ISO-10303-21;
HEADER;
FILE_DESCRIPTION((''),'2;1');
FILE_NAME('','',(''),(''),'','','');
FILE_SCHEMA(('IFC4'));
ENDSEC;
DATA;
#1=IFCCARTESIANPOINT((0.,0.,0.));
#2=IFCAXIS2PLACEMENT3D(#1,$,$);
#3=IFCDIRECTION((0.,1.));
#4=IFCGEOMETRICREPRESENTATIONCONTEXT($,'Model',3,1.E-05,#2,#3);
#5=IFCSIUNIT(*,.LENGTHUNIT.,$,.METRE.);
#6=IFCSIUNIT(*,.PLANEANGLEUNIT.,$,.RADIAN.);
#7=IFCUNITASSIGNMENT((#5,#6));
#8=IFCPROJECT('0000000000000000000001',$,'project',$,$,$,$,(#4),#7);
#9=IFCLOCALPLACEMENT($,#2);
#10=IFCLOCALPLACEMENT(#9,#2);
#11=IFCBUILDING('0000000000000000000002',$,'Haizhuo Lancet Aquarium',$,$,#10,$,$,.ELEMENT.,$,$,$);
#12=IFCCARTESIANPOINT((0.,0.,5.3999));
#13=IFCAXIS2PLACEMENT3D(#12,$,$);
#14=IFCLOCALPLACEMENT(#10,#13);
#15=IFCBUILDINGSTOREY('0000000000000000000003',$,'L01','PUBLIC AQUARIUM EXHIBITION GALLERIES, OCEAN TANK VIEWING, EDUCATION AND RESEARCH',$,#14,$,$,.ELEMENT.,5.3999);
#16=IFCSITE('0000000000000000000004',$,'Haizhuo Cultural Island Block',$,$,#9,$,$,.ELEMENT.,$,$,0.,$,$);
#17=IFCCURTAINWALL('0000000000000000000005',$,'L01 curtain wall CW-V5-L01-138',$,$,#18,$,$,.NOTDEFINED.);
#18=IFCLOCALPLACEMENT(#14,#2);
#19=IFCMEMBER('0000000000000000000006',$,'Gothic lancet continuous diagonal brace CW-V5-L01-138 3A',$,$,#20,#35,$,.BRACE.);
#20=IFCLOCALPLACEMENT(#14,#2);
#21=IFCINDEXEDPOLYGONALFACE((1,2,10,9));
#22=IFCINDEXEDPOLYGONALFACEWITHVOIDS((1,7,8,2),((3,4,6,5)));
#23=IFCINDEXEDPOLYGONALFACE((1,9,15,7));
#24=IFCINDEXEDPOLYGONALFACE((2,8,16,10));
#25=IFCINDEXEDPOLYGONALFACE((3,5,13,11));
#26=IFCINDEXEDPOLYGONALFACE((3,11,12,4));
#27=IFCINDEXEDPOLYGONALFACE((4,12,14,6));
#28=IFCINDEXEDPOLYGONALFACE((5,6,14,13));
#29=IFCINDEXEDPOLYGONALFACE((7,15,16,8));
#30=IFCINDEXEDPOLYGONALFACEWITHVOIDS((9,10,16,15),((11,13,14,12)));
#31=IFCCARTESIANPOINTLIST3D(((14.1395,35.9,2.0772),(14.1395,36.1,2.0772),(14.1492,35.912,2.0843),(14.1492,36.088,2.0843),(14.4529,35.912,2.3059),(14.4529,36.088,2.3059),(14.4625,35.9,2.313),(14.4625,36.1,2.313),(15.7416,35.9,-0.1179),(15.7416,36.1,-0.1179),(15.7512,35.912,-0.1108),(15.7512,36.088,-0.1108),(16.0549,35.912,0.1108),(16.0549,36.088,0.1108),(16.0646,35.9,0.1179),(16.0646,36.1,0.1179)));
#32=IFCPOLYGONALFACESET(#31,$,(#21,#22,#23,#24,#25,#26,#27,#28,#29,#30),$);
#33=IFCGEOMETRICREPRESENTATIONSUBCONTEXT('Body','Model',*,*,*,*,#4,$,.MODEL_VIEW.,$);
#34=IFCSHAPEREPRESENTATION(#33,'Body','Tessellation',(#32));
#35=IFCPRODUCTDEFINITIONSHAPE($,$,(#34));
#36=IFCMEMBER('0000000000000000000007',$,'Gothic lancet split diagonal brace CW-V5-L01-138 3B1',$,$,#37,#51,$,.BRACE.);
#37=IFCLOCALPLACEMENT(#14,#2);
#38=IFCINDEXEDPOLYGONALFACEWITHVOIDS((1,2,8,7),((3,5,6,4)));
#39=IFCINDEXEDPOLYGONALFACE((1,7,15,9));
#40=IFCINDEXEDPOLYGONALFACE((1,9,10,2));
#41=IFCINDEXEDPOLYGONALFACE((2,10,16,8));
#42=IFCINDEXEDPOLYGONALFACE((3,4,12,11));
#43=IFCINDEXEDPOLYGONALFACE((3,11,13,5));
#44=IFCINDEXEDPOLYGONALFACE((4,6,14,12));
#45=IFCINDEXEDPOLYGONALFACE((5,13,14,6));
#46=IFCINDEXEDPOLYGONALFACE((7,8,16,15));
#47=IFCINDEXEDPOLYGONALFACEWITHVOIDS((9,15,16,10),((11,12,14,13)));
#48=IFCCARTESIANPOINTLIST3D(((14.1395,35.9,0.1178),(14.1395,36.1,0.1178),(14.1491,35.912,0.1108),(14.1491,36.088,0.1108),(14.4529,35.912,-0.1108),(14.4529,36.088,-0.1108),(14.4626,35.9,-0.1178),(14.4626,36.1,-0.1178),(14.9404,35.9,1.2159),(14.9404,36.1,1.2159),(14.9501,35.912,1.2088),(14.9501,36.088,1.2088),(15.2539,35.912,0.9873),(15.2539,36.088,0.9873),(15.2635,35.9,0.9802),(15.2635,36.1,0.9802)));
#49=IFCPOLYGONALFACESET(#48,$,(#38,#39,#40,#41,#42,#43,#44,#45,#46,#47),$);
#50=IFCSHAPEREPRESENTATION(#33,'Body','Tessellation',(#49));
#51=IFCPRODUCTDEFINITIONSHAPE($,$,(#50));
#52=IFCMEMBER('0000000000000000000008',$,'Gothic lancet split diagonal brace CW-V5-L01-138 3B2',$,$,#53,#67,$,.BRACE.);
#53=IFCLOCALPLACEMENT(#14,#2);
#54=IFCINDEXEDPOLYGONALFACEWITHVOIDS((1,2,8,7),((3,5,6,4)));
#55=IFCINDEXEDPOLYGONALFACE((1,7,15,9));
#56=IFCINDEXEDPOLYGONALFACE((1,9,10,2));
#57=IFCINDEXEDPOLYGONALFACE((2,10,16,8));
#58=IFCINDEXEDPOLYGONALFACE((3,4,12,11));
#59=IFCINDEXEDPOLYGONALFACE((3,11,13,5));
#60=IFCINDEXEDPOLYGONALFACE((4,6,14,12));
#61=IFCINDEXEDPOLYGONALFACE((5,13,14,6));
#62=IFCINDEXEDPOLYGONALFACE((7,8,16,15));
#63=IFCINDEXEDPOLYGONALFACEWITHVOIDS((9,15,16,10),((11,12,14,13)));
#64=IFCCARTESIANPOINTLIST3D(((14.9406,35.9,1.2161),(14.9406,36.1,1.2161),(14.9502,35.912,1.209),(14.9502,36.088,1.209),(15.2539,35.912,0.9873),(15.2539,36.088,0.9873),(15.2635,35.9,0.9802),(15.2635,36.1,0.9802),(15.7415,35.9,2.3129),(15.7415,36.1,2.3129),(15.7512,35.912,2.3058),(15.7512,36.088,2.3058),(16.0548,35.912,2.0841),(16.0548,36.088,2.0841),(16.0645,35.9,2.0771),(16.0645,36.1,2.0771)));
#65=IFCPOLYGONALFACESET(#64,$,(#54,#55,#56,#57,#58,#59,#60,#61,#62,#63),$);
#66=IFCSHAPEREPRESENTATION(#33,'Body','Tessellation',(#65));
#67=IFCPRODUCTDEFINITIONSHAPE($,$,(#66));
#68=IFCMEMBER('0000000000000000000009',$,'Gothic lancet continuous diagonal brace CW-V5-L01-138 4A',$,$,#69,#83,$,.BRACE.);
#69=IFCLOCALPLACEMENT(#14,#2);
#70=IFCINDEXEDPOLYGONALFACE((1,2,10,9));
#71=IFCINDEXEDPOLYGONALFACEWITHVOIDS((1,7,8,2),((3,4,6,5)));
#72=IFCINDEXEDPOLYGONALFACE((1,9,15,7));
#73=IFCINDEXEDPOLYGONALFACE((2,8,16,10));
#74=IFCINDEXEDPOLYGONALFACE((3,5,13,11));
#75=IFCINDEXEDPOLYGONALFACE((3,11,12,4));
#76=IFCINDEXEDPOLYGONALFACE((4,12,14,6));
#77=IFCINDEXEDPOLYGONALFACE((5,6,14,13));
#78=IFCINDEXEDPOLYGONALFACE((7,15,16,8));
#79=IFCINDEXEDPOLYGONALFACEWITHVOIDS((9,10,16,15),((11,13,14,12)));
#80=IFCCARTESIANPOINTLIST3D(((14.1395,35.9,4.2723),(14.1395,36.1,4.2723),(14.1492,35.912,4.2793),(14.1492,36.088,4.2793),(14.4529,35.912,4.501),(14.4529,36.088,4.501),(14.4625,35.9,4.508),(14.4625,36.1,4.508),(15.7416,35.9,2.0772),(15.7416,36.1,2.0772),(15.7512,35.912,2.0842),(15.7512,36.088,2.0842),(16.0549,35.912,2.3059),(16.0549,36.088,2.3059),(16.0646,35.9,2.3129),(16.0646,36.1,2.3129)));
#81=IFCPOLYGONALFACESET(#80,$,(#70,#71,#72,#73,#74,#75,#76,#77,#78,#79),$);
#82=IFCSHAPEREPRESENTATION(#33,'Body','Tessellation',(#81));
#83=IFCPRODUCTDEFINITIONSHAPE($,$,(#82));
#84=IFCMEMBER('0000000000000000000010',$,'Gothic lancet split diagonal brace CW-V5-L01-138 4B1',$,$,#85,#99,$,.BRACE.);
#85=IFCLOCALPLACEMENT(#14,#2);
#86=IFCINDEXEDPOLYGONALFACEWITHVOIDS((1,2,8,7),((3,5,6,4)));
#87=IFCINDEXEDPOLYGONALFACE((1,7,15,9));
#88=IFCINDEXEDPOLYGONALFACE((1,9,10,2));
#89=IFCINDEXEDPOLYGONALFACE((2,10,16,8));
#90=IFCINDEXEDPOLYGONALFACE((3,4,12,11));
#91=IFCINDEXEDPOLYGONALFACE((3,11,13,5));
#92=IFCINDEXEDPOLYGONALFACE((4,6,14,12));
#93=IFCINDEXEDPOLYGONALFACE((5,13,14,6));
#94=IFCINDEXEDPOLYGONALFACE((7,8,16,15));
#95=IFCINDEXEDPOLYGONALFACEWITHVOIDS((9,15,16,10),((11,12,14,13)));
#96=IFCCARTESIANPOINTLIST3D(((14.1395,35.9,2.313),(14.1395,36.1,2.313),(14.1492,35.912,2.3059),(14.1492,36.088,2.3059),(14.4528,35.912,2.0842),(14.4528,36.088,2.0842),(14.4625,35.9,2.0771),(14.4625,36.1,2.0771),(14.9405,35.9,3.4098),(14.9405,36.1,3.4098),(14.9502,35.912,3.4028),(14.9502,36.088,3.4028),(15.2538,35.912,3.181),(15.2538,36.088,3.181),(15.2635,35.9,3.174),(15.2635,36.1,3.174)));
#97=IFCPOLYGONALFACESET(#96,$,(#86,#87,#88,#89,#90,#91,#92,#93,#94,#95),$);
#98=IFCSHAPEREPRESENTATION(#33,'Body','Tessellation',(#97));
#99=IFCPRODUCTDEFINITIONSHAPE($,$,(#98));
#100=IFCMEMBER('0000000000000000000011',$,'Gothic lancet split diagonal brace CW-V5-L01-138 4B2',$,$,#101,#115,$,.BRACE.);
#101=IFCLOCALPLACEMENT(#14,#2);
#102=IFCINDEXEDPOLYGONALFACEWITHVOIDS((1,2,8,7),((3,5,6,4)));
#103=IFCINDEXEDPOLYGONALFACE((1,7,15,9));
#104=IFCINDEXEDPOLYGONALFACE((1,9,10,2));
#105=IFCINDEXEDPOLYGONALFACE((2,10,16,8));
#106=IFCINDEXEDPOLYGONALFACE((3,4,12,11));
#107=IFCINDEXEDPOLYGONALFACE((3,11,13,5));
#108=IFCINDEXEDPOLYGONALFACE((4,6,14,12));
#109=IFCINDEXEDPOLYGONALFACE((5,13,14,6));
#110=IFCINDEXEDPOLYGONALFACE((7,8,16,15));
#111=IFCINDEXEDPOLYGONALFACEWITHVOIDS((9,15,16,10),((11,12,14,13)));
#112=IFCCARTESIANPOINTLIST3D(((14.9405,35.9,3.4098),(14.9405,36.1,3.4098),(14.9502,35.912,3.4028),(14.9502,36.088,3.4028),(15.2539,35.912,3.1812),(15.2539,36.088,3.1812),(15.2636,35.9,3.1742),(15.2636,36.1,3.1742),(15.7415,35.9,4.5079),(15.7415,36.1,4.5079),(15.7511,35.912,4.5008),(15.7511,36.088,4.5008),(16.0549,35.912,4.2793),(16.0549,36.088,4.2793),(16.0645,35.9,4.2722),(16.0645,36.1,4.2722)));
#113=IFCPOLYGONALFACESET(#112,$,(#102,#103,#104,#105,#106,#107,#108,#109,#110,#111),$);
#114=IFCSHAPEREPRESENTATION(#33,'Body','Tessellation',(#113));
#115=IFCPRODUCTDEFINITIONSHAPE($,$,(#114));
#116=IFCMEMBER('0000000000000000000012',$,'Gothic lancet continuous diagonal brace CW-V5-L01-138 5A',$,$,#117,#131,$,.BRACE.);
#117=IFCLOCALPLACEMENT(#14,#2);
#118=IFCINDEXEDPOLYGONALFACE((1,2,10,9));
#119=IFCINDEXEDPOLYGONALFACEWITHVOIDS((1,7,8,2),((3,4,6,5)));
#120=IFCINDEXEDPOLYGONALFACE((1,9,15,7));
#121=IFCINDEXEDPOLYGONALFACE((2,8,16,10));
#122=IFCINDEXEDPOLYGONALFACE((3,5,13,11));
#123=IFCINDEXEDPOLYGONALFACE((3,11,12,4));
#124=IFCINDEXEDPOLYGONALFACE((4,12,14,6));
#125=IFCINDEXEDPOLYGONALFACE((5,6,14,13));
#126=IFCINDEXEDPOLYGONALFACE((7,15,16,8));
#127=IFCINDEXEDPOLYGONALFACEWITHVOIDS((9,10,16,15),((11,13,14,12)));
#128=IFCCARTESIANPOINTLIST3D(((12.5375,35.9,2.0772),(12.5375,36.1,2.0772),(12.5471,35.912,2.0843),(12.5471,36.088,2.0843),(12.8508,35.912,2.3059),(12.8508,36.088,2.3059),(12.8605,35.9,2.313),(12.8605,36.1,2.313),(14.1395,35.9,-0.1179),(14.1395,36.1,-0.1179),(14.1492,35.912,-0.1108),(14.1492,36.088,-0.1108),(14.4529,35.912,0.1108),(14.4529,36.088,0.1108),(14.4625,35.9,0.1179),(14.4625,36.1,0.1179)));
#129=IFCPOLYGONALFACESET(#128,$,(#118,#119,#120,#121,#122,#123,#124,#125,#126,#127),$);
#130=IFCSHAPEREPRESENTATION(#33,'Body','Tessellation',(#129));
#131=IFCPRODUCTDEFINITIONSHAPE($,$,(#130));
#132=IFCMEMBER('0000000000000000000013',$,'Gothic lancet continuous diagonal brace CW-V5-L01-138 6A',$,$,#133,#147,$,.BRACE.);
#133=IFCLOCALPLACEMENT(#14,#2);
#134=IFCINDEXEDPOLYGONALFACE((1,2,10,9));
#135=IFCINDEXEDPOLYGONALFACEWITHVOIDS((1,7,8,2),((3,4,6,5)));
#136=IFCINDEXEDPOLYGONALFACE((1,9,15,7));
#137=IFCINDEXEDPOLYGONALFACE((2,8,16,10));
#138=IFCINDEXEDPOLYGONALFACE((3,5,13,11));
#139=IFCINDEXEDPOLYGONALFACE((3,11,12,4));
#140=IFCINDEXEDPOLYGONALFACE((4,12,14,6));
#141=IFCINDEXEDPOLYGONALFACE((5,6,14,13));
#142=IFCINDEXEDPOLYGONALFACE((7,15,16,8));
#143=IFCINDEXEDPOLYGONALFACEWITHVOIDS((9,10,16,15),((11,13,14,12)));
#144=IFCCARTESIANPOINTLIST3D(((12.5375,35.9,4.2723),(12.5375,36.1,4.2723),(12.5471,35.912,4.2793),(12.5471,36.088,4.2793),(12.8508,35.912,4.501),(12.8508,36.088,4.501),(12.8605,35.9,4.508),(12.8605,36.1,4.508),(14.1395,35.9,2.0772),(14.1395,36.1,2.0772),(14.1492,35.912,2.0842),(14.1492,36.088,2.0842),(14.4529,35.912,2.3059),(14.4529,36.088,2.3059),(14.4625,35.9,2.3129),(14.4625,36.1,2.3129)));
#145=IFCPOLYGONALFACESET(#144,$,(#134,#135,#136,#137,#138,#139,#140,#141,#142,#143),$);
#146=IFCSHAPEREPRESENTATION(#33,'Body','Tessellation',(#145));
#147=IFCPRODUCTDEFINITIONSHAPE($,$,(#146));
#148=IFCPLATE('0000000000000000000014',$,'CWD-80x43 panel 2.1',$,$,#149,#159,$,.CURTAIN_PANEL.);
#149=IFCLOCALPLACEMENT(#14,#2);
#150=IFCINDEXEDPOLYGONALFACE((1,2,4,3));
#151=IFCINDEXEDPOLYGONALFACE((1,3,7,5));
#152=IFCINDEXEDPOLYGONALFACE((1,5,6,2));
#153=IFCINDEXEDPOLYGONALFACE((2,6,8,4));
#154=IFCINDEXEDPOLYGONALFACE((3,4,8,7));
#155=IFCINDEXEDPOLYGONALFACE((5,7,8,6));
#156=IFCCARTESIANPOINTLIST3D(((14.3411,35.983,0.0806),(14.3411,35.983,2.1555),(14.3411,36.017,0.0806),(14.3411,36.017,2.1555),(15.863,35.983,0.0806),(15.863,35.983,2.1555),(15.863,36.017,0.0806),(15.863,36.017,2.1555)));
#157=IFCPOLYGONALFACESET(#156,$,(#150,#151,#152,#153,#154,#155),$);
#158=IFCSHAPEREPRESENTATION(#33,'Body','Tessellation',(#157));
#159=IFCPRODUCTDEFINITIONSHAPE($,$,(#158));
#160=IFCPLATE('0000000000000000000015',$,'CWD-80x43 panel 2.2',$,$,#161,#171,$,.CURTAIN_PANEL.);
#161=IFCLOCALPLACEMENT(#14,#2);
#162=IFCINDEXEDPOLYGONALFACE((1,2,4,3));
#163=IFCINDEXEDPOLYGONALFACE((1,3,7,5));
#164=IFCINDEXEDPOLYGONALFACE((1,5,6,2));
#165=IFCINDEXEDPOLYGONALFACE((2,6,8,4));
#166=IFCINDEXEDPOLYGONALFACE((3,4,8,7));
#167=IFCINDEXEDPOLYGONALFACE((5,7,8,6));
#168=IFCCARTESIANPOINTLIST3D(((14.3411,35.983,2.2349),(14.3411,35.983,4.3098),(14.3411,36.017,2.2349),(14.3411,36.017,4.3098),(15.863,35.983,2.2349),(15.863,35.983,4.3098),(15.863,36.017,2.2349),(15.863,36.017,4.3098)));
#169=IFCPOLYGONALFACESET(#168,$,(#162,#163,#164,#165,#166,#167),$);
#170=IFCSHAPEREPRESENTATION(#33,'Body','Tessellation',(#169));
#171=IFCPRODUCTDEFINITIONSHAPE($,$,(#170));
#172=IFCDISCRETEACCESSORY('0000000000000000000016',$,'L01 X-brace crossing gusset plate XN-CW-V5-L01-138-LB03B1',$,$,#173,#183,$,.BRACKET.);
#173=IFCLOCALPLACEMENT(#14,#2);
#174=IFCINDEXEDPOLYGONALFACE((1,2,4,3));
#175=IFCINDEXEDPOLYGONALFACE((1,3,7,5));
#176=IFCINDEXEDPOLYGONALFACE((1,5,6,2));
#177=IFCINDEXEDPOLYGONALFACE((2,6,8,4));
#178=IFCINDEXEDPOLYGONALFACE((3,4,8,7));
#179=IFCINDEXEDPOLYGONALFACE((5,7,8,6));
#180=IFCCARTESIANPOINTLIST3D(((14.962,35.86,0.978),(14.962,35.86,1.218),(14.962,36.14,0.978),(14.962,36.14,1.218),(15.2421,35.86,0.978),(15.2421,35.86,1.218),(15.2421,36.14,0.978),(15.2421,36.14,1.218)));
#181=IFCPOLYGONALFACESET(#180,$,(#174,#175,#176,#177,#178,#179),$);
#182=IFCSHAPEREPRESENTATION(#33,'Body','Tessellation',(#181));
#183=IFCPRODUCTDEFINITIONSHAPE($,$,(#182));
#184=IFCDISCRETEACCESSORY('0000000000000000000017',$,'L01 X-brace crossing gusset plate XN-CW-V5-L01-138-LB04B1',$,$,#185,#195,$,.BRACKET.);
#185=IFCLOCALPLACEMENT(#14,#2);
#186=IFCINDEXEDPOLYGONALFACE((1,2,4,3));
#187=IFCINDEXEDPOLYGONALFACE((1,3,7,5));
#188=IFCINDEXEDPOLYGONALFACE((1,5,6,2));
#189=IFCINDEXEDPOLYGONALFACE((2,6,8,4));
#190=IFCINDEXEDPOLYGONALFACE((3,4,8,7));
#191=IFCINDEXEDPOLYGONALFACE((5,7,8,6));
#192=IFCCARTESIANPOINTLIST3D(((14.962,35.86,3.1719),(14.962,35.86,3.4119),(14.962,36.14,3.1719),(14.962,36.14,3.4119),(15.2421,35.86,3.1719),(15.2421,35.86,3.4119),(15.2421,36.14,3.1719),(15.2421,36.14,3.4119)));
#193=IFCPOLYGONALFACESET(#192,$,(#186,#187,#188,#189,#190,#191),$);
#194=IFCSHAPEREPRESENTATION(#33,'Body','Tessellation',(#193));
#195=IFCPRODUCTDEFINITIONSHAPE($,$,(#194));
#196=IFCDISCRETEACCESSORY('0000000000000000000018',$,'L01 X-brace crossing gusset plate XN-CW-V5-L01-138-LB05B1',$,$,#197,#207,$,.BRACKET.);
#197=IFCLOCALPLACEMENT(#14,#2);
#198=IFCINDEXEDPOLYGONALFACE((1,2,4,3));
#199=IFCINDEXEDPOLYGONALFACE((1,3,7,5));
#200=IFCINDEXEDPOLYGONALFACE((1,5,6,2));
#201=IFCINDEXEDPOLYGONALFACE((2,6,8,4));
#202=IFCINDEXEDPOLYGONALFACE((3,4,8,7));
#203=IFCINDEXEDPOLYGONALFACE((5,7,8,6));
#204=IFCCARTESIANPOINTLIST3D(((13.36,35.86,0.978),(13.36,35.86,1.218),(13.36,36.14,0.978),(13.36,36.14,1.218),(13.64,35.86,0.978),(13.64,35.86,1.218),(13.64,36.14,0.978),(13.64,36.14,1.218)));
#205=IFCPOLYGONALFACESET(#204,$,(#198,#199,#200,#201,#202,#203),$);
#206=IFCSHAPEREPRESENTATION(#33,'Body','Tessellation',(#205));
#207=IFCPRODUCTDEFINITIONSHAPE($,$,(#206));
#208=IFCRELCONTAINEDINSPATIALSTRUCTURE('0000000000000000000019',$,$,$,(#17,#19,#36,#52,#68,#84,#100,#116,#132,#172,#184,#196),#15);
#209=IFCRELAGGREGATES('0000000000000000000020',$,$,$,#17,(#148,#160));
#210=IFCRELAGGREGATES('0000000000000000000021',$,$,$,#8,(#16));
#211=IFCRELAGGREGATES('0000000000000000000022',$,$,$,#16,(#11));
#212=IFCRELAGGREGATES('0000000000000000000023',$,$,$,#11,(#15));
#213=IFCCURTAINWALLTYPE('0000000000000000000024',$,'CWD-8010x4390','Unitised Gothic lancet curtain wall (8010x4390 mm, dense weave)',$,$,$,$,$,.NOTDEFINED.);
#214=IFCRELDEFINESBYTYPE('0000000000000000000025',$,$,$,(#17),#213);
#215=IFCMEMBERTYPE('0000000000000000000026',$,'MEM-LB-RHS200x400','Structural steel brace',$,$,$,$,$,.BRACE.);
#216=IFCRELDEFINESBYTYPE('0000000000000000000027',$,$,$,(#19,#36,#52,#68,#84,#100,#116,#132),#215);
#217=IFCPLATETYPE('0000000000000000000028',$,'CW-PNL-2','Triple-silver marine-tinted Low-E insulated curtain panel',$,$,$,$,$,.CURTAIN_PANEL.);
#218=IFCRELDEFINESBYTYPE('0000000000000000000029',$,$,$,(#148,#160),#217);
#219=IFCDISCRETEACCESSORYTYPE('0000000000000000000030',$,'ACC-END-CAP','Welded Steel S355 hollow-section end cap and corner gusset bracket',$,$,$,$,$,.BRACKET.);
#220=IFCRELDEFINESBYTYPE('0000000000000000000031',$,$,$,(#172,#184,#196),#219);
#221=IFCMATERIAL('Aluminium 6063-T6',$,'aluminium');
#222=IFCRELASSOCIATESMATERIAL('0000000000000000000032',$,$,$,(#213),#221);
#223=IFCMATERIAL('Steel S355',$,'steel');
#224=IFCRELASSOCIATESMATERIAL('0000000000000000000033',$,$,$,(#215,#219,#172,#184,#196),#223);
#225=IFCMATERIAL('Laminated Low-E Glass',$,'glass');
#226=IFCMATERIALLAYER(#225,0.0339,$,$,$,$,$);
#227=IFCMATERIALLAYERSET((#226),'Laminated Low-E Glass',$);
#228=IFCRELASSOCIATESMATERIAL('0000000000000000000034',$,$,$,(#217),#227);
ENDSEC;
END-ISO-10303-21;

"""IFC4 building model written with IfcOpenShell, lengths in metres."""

from ifc_helpers import new_model, si_unit, direction, frame, origin, origin_2d, place, context, subcontext, project, spatial, rectangle, hollow_rectangle, extrude, material, layer, layer_set, material_profile, profile_set, type_object, element, aggregate, save


model = new_model("IFC4")

# Units and contexts
model_context = context("Model", 3, precision=1e-05, world=origin(), true_north=direction((0.0, 1.0)))
body_context = subcontext(model_context, "Body", "Model", "MODEL_VIEW")
ifc_project = project(units=[si_unit("LENGTHUNIT", "METRE"), si_unit("PLANEANGLEUNIT", "RADIAN")], contexts=[model_context])

# Site, building, storey
site_placement = place(None, origin())
site = spatial("IfcSite", under=ifc_project, at=site_placement, Name="Haizhuo Cultural Island Block", CompositionType="ELEMENT", RefElevation=0.0)
building_placement = place(site_placement, origin())
building = spatial("IfcBuilding", under=site, at=building_placement, Name="Haizhuo Lancet Aquarium", CompositionType="ELEMENT")
storey_placement = place(building_placement, frame((0.0, 0.0, 5.3999)))
storey = spatial("IfcBuildingStorey", under=building, at=storey_placement, Name="L01", Description="PUBLIC AQUARIUM EXHIBITION GALLERIES, OCEAN TANK VIEWING, EDUCATION AND RESEARCH", CompositionType="ELEMENT", Elevation=5.3999)

# Curtain wall
ifc_material_1 = material(Name="Aluminium 6063-T6", Category="aluminium")
curtain_wall_type = type_object("IfcCurtainWallType", Name="CWD-8010x4390", Description="Unitised Gothic lancet curtain wall (8010x4390 mm, dense weave)", PredefinedType="NOTDEFINED", material=ifc_material_1)
curtain_wall_placement = place(storey_placement, origin())
curtain_wall = element("IfcCurtainWall", 1, at=curtain_wall_placement, inside=storey, type_object=curtain_wall_type, Name="L01 curtain wall CW-V5-L01-138", PredefinedType="NOTDEFINED")

# Members
ifc_material_2 = material(Name="Steel S355", Category="steel")
ifc_material_profile_1 = material_profile(ifc_material_2, hollow_rectangle(XDim=0.2, YDim=0.3999, WallThickness=0.012, at=origin_2d()), Name="RHS 200x400x12")
ifc_profile_set_1 = profile_set([ifc_material_profile_1], Name="Steel S355")
member_type_1 = type_object("IfcMemberType", Name="MEM-LB-RHS200x400", Description="Structural steel brace", PredefinedType="BRACE", material=ifc_profile_set_1)
member_1_placement = place(storey_placement, frame((15.9031, 36.0, 0.0), z_axis=(-0.589528, 0.0, 0.807748), x_axis=(0.0, -1.0, 0.0)))
element("IfcMember", 2, at=member_1_placement, inside=storey, type_object=member_type_1, Name="Gothic lancet continuous diagonal brace CW-V5-L01-138 3A", PredefinedType="BRACE", context=body_context, shape_type="SweptSolid", body=[
    extrude(hollow_rectangle(XDim=0.2, YDim=0.3999, WallThickness=0.012, at=origin_2d()), origin(), (0.0, 0.0, 1.0), 2.7175),
])
member_2_placement = place(storey_placement, frame((14.301, 36.0, 0.0), z_axis=(0.589314, 0.0, 0.807904), x_axis=(0.0, 1.0, 0.0)))
element("IfcMember", 3, at=member_2_placement, inside=storey, type_object=member_type_1, Name="Gothic lancet split diagonal brace CW-V5-L01-138 3B1", PredefinedType="BRACE", context=body_context, shape_type="SweptSolid", body=[
    extrude(hollow_rectangle(XDim=0.2, YDim=0.3999, WallThickness=0.012, at=origin_2d()), origin(), (0.0, 0.0, 1.0), 1.3591),
])
member_3_placement = place(storey_placement, frame((15.1021, 36.0, 1.0981), z_axis=(0.589742, 0.0, 0.807592), x_axis=(0.0, 1.0, 0.0)))
element("IfcMember", 4, at=member_3_placement, inside=storey, type_object=member_type_1, Name="Gothic lancet split diagonal brace CW-V5-L01-138 3B2", PredefinedType="BRACE", context=body_context, shape_type="SweptSolid", body=[
    extrude(hollow_rectangle(XDim=0.2, YDim=0.3999, WallThickness=0.012, at=origin_2d()), origin(), (0.0, 0.0, 1.0), 1.3582),
])
member_4_placement = place(storey_placement, frame((15.9031, 36.0, 2.1951), z_axis=(-0.589528, 0.0, 0.807748), x_axis=(0.0, -1.0, 0.0)))
element("IfcMember", 5, at=member_4_placement, inside=storey, type_object=member_type_1, Name="Gothic lancet continuous diagonal brace CW-V5-L01-138 4A", PredefinedType="BRACE", context=body_context, shape_type="SweptSolid", body=[
    extrude(hollow_rectangle(XDim=0.2, YDim=0.3999, WallThickness=0.012, at=origin_2d()), origin(), (0.0, 0.0, 1.0), 2.7175),
])
member_5_placement = place(storey_placement, frame((14.301, 36.0, 2.1951), z_axis=(0.589742, 0.0, 0.807592), x_axis=(0.0, 1.0, 0.0)))
element("IfcMember", 6, at=member_5_placement, inside=storey, type_object=member_type_1, Name="Gothic lancet split diagonal brace CW-V5-L01-138 4B1", PredefinedType="BRACE", context=body_context, shape_type="SweptSolid", body=[
    extrude(hollow_rectangle(XDim=0.2, YDim=0.3999, WallThickness=0.012, at=origin_2d()), origin(), (0.0, 0.0, 1.0), 1.3582),
])
member_6_placement = place(storey_placement, frame((15.1021, 36.0, 3.292), z_axis=(0.589314, 0.0, 0.807904), x_axis=(0.0, 1.0, 0.0)))
element("IfcMember", 7, at=member_6_placement, inside=storey, type_object=member_type_1, Name="Gothic lancet split diagonal brace CW-V5-L01-138 4B2", PredefinedType="BRACE", context=body_context, shape_type="SweptSolid", body=[
    extrude(hollow_rectangle(XDim=0.2, YDim=0.3999, WallThickness=0.012, at=origin_2d()), origin(), (0.0, 0.0, 1.0), 1.3591),
])
for number, where, z_axis, x_axis, name in (
    (8, (14.301, 36.0, 0.0), (-0.589528, 0.0, 0.807748), (0.0, -1.0, 0.0), "Gothic lancet continuous diagonal brace CW-V5-L01-138 5A"),
    (9, (14.301, 36.0, 2.1951), (-0.589528, 0.0, 0.807748), (0.0, -1.0, 0.0), "Gothic lancet continuous diagonal brace CW-V5-L01-138 6A"),
):
    element("IfcMember", number, at=place(storey_placement, frame(where, z_axis=z_axis, x_axis=x_axis)), inside=storey, type_object=member_type_1, Name=name, PredefinedType="BRACE", context=body_context, shape_type="SweptSolid", body=[
        extrude(hollow_rectangle(XDim=0.2, YDim=0.3999, WallThickness=0.012, at=origin_2d()), origin(), (0.0, 0.0, 1.0), 2.7175),
    ])

# Plates
ifc_material_3 = material(Name="Laminated Low-E Glass", Category="glass")
ifc_layer = layer(ifc_material_3, 0.0339)
ifc_layer_set = layer_set([ifc_layer], Name="Laminated Low-E Glass")
plate_type = type_object("IfcPlateType", Name="CW-PNL-2", Description="Triple-silver marine-tinted Low-E insulated curtain panel", PredefinedType="CURTAIN_PANEL", material=ifc_layer_set)
plate_1_placement = place(storey_placement, frame((15.1021, 36.0, 0.0806), z_axis=(0.0, 0.0, 1.0), x_axis=(-1.0, 0.0, 0.0)))
plate_1 = element("IfcPlate", 10, at=plate_1_placement, type_object=plate_type, Name="CWD-80x43 panel 2.1", PredefinedType="CURTAIN_PANEL", context=body_context, shape_type="SweptSolid", body=[
    extrude(rectangle(XDim=1.522, YDim=0.0339, at=origin_2d()), origin(), (0.0, 0.0, 1.0), 2.075),
])
plate_2_placement = place(storey_placement, frame((15.1021, 36.0, 2.2349), z_axis=(0.0, 0.0, 1.0), x_axis=(-1.0, 0.0, 0.0)))
plate_2 = element("IfcPlate", 11, at=plate_2_placement, type_object=plate_type, Name="CWD-80x43 panel 2.2", PredefinedType="CURTAIN_PANEL", context=body_context, shape_type="SweptSolid", body=[
    extrude(rectangle(XDim=1.522, YDim=0.0339, at=origin_2d()), origin(), (0.0, 0.0, 1.0), 2.075),
])
aggregate(curtain_wall, [plate_1, plate_2])

# Discrete accessories
discrete_accessory_type = type_object("IfcDiscreteAccessoryType", Name="ACC-END-CAP", Description="Welded Steel S355 hollow-section end cap and corner gusset bracket", PredefinedType="BRACKET", material=ifc_material_2)
for number, where, z_axis, x_axis, name in (
    (12, (15.1021, 36.0, 0.978), (0.0, 0.0, 1.0), (1.0, 0.0, 0.0), "L01 X-brace crossing gusset plate XN-CW-V5-L01-138-LB03B1"),
    (13, (15.1021, 36.0, 3.1719), (0.0, 0.0, 1.0), (1.0, 0.0, 0.0), "L01 X-brace crossing gusset plate XN-CW-V5-L01-138-LB04B1"),
    (14, (13.5, 36.0, 0.978), (0.0, 0.0, 1.0), (1.0, 0.0, 0.0), "L01 X-brace crossing gusset plate XN-CW-V5-L01-138-LB05B1"),
):
    element("IfcDiscreteAccessory", number, at=place(storey_placement, frame(where, z_axis=z_axis, x_axis=x_axis)), inside=storey, type_object=discrete_accessory_type, material=ifc_material_2, Name=name, PredefinedType="BRACKET", context=body_context, shape_type="SweptSolid", body=[
        extrude(rectangle(XDim=0.28, YDim=0.28, at=origin_2d()), origin(), (0.0, 0.0, 1.0), 0.24),
    ])

save(model, "model.ifc")
